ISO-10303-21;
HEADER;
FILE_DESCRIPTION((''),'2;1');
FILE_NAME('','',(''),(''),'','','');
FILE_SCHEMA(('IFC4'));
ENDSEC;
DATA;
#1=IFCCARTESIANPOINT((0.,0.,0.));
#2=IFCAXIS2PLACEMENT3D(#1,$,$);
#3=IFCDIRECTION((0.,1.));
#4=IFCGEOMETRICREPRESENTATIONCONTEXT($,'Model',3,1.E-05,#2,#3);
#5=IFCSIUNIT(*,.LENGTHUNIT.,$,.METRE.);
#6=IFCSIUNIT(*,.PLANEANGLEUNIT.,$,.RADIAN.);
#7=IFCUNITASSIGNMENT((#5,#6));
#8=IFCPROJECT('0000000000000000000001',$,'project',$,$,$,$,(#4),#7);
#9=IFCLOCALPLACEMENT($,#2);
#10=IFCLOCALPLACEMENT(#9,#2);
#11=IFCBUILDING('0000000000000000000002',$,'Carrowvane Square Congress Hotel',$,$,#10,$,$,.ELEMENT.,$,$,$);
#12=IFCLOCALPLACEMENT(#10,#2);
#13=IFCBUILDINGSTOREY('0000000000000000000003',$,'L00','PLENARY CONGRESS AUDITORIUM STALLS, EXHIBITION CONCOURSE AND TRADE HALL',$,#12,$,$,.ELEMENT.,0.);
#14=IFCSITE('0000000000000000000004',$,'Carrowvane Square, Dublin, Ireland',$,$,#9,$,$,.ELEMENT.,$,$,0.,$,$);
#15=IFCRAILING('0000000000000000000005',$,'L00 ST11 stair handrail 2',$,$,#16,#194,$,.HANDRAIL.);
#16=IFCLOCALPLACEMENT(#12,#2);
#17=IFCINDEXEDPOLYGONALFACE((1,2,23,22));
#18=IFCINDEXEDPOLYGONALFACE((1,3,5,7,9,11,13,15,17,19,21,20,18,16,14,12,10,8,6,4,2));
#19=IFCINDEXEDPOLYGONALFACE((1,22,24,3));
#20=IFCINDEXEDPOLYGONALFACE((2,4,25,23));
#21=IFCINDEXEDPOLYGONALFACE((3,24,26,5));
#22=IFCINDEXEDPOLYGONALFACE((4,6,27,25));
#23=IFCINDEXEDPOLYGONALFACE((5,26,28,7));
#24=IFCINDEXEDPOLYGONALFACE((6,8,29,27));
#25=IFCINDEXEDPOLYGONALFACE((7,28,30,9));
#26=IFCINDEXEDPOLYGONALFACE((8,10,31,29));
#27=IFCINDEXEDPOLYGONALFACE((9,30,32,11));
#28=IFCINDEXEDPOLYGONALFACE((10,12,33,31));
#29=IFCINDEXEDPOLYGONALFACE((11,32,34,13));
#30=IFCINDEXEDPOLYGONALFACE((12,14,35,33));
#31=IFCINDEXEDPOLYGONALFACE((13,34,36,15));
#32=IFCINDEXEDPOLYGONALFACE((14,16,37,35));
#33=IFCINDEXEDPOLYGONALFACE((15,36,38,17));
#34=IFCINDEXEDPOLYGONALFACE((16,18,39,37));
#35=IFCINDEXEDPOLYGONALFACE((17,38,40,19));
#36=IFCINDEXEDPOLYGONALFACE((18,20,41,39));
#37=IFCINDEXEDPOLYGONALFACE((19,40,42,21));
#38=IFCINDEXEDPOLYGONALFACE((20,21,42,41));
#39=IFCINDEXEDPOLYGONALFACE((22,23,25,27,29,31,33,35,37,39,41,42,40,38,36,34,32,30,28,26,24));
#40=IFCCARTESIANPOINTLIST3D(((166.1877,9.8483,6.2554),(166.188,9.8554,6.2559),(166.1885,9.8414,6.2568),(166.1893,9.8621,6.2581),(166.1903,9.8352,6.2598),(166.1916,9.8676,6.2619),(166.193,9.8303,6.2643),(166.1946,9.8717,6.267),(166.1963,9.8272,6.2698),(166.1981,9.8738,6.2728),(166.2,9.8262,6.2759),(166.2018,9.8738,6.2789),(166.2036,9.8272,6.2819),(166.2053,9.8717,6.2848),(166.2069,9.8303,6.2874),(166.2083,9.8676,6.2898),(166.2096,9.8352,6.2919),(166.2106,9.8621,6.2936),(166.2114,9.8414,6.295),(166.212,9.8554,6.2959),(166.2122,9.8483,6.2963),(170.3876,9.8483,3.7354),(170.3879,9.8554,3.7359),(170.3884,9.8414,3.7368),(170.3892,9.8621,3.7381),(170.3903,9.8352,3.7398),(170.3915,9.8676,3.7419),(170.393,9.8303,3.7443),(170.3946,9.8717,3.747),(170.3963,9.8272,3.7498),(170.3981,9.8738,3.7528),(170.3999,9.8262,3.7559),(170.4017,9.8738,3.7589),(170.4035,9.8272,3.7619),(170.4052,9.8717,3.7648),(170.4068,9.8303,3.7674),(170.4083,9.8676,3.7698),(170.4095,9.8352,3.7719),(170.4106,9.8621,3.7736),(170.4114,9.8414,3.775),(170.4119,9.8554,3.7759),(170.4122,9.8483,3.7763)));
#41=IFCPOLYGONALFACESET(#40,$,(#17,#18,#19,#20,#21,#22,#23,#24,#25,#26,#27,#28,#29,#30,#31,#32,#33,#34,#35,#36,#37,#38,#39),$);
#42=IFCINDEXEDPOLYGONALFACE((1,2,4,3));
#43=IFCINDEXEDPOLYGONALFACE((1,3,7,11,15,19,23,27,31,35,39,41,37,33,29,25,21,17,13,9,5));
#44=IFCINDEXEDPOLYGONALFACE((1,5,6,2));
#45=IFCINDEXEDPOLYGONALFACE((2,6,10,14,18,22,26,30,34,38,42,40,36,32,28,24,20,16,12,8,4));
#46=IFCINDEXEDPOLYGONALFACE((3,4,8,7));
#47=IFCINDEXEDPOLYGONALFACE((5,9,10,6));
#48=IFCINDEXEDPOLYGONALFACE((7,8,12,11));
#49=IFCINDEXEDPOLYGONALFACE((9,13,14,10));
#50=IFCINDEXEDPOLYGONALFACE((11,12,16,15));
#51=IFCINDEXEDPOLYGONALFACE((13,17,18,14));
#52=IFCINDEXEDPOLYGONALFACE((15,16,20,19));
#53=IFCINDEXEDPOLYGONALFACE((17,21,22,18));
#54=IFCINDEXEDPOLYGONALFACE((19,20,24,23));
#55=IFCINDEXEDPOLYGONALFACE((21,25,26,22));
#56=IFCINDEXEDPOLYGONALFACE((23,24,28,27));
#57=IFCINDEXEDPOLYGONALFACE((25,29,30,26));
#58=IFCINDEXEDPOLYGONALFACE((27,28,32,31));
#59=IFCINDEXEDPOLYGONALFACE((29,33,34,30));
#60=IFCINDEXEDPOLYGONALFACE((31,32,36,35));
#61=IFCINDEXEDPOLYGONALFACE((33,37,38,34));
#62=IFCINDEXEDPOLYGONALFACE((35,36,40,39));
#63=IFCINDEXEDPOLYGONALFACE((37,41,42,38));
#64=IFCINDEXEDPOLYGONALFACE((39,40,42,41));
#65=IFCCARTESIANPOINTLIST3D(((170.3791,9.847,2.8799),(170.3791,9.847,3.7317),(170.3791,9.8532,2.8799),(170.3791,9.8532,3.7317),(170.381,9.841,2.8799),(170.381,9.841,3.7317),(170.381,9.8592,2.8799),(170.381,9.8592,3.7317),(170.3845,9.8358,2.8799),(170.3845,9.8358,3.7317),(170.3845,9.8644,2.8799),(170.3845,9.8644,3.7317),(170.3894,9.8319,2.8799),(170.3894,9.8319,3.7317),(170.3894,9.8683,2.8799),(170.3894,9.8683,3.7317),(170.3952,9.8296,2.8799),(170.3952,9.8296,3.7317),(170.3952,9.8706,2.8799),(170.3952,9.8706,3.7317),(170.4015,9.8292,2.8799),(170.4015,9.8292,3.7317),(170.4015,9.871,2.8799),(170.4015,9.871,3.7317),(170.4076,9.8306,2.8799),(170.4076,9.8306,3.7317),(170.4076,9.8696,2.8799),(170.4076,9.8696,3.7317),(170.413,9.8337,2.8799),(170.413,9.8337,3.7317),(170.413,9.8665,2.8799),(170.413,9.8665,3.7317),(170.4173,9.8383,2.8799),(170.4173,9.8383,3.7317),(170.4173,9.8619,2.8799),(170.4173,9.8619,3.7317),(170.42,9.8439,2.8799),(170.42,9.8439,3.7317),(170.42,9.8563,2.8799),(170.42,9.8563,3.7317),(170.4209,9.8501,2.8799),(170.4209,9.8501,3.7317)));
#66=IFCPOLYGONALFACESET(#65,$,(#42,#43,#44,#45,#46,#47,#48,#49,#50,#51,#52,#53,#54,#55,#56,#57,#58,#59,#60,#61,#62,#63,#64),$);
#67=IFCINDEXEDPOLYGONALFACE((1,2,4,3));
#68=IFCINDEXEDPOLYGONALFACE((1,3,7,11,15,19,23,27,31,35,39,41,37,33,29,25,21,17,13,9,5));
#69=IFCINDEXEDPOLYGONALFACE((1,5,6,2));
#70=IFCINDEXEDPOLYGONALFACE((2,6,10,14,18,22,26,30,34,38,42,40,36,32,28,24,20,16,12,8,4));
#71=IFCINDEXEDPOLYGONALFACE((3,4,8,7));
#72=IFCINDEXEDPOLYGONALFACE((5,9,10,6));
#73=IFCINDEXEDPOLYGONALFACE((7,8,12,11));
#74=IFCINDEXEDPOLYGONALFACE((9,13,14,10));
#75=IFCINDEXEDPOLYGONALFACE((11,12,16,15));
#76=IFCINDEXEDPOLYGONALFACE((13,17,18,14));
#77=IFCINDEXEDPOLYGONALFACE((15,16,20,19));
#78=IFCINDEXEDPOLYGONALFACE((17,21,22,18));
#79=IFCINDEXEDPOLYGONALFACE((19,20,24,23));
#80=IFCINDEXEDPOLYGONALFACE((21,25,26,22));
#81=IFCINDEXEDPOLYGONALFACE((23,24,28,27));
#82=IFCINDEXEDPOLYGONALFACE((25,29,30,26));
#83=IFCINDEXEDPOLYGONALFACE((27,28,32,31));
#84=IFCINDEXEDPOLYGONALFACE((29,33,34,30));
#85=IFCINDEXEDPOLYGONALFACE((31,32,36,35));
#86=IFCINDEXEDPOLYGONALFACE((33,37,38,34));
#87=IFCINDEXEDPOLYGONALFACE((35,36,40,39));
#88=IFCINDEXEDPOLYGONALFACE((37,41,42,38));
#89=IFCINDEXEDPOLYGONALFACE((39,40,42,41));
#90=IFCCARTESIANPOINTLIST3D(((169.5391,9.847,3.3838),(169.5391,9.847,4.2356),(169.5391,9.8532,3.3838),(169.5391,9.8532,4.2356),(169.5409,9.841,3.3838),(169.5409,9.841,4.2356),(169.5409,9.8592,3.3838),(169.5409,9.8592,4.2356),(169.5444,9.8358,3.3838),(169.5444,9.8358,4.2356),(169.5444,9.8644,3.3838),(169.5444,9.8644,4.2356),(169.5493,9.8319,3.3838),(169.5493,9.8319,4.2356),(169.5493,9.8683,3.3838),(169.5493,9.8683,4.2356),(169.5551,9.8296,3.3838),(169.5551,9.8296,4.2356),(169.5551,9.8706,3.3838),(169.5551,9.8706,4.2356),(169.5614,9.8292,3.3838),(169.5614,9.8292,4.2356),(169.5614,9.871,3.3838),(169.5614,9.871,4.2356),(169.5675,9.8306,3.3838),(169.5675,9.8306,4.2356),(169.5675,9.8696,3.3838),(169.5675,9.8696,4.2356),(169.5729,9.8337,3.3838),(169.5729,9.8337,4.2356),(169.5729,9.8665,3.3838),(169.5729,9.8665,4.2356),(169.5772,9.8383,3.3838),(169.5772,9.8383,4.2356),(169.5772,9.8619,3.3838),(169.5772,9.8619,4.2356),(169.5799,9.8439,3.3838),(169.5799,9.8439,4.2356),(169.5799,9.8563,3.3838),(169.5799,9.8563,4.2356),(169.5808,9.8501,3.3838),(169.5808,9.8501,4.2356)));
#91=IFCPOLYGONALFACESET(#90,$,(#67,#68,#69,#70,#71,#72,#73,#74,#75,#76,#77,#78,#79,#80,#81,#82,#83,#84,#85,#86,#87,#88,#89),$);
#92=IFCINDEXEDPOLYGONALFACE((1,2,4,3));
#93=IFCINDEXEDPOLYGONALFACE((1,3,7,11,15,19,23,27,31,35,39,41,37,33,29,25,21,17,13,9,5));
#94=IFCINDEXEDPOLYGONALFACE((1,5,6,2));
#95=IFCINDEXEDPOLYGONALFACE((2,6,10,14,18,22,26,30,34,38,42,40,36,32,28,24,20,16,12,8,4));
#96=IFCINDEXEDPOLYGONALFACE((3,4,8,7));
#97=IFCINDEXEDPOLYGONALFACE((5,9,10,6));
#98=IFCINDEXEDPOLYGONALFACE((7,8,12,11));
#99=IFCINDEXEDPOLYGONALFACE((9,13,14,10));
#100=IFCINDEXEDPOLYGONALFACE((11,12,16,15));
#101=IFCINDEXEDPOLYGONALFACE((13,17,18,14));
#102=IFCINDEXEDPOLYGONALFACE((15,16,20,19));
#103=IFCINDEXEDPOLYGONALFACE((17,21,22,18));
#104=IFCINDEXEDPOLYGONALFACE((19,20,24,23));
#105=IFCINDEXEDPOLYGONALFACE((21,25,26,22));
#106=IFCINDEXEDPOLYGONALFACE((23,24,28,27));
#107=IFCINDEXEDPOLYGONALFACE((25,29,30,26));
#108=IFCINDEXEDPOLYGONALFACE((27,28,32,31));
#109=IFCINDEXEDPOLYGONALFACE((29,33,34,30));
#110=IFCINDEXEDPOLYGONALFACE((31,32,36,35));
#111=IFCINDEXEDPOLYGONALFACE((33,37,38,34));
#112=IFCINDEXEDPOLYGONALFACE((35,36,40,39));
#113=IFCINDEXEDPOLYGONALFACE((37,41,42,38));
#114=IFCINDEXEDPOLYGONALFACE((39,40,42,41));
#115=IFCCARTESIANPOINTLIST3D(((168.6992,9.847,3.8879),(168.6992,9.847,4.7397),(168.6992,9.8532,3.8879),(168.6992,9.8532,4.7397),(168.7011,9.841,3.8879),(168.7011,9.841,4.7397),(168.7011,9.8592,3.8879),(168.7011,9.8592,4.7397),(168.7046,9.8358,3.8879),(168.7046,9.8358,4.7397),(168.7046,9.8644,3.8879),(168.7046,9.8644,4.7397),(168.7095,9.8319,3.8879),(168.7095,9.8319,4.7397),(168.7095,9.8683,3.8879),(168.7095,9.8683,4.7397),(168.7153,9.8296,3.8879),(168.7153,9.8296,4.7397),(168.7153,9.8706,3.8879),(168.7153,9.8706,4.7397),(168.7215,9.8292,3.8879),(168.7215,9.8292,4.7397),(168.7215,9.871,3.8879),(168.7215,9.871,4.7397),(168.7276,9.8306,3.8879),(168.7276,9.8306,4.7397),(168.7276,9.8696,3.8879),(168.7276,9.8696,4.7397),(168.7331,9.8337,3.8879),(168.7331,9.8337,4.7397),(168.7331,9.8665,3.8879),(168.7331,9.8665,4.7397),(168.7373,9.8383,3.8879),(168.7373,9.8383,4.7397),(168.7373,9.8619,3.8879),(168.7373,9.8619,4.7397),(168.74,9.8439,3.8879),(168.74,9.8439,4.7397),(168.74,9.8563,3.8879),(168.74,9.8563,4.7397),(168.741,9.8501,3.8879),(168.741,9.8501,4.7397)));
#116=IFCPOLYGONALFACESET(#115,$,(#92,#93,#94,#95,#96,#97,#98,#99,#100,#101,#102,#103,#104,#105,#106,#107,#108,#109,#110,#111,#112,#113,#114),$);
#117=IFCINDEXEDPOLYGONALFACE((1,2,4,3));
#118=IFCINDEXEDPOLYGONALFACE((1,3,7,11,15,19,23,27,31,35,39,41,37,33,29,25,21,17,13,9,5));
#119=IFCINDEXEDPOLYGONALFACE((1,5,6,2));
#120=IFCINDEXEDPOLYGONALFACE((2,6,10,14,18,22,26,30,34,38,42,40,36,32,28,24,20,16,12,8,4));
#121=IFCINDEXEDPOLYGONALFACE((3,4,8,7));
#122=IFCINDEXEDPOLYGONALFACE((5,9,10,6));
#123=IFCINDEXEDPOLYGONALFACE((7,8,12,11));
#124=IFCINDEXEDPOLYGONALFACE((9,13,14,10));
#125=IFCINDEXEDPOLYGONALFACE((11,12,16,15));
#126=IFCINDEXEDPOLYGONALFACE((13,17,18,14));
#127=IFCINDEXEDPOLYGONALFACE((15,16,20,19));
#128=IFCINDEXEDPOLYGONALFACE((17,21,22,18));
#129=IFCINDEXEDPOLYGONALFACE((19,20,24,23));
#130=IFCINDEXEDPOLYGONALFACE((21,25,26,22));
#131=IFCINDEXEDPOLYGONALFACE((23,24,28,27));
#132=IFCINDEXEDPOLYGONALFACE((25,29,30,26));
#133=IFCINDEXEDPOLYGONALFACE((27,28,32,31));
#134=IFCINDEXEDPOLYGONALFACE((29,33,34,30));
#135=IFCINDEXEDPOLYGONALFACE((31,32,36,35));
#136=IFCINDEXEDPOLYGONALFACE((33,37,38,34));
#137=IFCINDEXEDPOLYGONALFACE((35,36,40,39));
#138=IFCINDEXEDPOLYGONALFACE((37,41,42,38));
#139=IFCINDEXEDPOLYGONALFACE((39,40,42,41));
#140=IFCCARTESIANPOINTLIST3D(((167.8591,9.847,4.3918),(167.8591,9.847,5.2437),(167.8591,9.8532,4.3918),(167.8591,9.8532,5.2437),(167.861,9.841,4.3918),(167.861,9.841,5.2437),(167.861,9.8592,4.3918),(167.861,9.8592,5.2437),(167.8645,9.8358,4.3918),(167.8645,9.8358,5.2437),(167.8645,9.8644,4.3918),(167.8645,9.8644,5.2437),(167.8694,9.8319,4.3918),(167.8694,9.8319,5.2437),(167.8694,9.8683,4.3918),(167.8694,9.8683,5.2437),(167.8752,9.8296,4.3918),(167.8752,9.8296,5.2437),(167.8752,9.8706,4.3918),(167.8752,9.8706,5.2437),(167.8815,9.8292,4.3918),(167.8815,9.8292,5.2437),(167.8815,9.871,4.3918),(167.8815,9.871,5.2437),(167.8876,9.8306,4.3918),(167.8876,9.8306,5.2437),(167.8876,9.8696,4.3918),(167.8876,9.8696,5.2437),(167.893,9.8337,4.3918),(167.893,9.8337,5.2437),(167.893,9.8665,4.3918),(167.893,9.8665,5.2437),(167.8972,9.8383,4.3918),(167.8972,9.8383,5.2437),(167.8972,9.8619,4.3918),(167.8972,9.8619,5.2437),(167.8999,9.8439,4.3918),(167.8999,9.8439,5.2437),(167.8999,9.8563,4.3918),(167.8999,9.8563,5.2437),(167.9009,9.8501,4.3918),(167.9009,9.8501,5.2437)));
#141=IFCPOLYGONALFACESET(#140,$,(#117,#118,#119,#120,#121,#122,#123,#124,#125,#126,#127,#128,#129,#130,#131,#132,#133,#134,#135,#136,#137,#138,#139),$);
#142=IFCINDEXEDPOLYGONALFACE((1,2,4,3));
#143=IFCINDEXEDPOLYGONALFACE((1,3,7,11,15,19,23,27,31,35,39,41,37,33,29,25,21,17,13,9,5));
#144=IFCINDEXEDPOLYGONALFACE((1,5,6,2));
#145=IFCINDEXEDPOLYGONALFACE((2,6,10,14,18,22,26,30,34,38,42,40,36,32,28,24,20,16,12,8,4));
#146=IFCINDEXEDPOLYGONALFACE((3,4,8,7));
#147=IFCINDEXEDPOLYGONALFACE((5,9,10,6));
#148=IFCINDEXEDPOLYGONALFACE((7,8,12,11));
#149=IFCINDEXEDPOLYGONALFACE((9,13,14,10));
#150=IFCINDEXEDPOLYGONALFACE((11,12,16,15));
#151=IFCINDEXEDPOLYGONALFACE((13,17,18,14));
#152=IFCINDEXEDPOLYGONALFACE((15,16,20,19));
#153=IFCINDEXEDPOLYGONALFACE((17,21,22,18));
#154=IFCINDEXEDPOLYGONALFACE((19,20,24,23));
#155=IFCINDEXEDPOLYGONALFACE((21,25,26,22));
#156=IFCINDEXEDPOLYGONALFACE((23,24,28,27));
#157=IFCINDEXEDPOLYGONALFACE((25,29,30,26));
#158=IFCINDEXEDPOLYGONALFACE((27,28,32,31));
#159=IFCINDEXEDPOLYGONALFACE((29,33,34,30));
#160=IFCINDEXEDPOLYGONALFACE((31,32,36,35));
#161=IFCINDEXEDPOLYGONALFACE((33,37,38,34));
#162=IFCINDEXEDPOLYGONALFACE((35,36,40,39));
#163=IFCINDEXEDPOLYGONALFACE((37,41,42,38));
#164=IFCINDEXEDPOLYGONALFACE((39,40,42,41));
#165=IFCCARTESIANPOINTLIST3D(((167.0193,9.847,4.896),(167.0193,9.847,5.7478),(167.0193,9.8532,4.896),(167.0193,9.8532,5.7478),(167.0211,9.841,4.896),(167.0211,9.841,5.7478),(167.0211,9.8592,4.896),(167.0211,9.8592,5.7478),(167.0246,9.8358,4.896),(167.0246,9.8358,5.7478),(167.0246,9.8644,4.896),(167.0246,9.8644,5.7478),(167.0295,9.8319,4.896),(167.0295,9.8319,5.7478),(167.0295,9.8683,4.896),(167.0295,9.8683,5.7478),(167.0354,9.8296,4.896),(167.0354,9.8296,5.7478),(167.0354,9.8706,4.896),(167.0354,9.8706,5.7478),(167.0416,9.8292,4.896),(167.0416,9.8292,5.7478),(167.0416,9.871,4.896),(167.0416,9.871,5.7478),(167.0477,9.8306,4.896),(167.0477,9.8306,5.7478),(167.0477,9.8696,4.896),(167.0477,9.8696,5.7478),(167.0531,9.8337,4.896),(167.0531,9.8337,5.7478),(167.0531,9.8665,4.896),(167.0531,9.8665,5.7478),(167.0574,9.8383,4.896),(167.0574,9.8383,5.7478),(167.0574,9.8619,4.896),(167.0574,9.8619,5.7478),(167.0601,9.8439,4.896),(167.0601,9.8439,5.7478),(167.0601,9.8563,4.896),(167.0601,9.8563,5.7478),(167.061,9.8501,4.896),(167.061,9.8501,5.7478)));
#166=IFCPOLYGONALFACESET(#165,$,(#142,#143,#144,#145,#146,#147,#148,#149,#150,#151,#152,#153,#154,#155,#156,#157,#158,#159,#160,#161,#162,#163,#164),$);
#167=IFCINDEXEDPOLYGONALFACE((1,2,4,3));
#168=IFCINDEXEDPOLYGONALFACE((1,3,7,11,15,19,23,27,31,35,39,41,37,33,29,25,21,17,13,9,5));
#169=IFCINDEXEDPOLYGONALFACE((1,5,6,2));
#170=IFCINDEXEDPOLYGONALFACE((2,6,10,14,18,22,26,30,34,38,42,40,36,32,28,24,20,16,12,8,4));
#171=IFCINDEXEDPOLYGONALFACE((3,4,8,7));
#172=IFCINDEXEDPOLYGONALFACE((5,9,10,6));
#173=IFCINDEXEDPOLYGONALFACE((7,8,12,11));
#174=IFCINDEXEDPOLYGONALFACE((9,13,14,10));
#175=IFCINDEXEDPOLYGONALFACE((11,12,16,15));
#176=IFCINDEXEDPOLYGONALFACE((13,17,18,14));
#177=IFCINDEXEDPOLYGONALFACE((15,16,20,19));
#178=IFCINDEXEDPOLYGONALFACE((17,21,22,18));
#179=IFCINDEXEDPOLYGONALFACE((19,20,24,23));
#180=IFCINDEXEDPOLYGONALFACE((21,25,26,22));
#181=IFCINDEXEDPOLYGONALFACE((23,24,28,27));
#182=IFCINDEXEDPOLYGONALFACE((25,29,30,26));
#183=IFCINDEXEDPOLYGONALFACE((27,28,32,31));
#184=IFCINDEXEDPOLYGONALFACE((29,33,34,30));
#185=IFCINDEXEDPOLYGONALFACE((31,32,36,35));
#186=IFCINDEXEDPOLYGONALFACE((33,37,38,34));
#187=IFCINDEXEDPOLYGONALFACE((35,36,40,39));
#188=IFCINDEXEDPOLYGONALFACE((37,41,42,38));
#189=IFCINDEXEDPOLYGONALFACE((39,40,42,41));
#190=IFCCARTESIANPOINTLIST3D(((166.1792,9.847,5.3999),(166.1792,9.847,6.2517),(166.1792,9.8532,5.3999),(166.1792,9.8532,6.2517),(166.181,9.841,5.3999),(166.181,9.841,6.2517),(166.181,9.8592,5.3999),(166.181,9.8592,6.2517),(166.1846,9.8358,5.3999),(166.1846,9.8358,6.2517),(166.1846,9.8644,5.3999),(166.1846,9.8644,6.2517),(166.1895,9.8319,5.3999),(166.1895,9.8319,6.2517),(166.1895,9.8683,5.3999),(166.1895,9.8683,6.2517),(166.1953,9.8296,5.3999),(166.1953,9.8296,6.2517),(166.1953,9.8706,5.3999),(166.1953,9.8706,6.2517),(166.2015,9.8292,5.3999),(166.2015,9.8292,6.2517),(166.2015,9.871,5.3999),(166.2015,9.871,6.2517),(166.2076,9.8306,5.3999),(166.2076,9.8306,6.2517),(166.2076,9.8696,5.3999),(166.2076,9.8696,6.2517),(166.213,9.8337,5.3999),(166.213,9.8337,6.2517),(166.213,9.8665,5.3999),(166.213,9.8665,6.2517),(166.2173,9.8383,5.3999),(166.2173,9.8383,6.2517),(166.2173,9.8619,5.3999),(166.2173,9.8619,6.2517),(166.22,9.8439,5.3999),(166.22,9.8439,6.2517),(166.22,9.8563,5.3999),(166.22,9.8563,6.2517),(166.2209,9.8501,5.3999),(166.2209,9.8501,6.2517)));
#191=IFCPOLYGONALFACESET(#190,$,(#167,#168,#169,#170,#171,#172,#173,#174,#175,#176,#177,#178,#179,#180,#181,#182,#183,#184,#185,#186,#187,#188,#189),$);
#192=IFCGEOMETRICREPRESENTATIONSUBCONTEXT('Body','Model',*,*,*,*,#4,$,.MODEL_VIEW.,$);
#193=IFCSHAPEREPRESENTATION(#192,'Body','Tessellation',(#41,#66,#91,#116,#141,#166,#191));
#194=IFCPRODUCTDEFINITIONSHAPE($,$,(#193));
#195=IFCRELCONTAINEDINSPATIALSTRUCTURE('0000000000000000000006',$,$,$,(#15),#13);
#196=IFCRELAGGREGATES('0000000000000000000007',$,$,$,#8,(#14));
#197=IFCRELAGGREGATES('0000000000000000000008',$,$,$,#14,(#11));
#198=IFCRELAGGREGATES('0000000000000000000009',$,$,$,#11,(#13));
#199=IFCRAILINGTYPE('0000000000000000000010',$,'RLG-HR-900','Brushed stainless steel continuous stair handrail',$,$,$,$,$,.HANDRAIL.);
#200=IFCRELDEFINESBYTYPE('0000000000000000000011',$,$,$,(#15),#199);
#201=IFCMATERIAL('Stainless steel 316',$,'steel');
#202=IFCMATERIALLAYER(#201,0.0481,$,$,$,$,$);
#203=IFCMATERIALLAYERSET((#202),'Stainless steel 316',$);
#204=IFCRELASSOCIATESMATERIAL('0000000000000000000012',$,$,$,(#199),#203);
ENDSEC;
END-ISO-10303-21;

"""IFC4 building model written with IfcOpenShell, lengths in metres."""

from ifc_helpers import new_model, si_unit, direction, frame, origin, origin_2d, place, context, subcontext, project, spatial, circle, extrude, material, layer, layer_set, type_object, element, save


model = new_model("IFC4")

# Units and contexts
model_context = context("Model", 3, precision=1e-05, world=origin(), true_north=direction((0.0, 1.0)))
body_context = subcontext(model_context, "Body", "Model", "MODEL_VIEW")
ifc_project = project(units=[si_unit("LENGTHUNIT", "METRE"), si_unit("PLANEANGLEUNIT", "RADIAN")], contexts=[model_context])

# Site, building, storey
site_placement = place(None, origin())
site = spatial("IfcSite", under=ifc_project, at=site_placement, Name="Carrowvane Square, Dublin, Ireland", CompositionType="ELEMENT", RefElevation=0.0)
building_placement = place(site_placement, origin())
building = spatial("IfcBuilding", under=site, at=building_placement, Name="Carrowvane Square Congress Hotel", CompositionType="ELEMENT")
storey_placement = place(building_placement, origin())
storey = spatial("IfcBuildingStorey", under=building, at=storey_placement, Name="L00", Description="PLENARY CONGRESS AUDITORIUM STALLS, EXHIBITION CONCOURSE AND TRADE HALL", CompositionType="ELEMENT", Elevation=0.0)

# Railing
ifc_material_1 = material(Name="Stainless steel 316", Category="steel")
ifc_layer_1 = layer(ifc_material_1, 0.0481)
ifc_layer_set_1 = layer_set([ifc_layer_1], Name="Stainless steel 316")
railing_type_1 = type_object("IfcRailingType", Name="RLG-HR-900", Description="Brushed stainless steel continuous stair handrail", PredefinedType="HANDRAIL", material=ifc_layer_set_1)
railing_1_placement = place(storey_placement, frame((170.3999, 9.8501, 2.8799)))
element("IfcRailing", 1, at=railing_1_placement, inside=storey, type_object=railing_type_1, Name="L00 ST11 stair handrail 2", PredefinedType="HANDRAIL", context=body_context, shape_type="SweptSolid", body=[
    extrude(circle(Radius=0.0239, at=origin_2d()), frame((0.0, 0.0, 0.876), z_axis=(-0.857489, 0.0, 0.514503), x_axis=(0.0, -1.0, 0.0)), (0.0, 0.0, 1.0), 4.8979),
    extrude(circle(Radius=0.021, at=origin_2d()), origin(), (0.0, 0.0, 1.0), 0.8518),
    extrude(circle(Radius=0.021, at=origin_2d()), frame((-0.8401, 0.0, 0.5039)), (0.0, 0.0, 1.0), 0.8518),
    extrude(circle(Radius=0.021, at=origin_2d()), frame((-1.6799, 0.0, 1.0081)), (0.0, 0.0, 1.0), 0.8518),
    extrude(circle(Radius=0.021, at=origin_2d()), frame((-2.52, 0.0, 1.512)), (0.0, 0.0, 1.0), 0.8518),
    extrude(circle(Radius=0.021, at=origin_2d()), frame((-3.3599, 0.0, 2.0161)), (0.0, 0.0, 1.0), 0.8518),
    extrude(circle(Radius=0.021, at=origin_2d()), frame((-4.2, 0.0, 2.52)), (0.0, 0.0, 1.0), 0.8518),
])

save(model, "model.ifc")
